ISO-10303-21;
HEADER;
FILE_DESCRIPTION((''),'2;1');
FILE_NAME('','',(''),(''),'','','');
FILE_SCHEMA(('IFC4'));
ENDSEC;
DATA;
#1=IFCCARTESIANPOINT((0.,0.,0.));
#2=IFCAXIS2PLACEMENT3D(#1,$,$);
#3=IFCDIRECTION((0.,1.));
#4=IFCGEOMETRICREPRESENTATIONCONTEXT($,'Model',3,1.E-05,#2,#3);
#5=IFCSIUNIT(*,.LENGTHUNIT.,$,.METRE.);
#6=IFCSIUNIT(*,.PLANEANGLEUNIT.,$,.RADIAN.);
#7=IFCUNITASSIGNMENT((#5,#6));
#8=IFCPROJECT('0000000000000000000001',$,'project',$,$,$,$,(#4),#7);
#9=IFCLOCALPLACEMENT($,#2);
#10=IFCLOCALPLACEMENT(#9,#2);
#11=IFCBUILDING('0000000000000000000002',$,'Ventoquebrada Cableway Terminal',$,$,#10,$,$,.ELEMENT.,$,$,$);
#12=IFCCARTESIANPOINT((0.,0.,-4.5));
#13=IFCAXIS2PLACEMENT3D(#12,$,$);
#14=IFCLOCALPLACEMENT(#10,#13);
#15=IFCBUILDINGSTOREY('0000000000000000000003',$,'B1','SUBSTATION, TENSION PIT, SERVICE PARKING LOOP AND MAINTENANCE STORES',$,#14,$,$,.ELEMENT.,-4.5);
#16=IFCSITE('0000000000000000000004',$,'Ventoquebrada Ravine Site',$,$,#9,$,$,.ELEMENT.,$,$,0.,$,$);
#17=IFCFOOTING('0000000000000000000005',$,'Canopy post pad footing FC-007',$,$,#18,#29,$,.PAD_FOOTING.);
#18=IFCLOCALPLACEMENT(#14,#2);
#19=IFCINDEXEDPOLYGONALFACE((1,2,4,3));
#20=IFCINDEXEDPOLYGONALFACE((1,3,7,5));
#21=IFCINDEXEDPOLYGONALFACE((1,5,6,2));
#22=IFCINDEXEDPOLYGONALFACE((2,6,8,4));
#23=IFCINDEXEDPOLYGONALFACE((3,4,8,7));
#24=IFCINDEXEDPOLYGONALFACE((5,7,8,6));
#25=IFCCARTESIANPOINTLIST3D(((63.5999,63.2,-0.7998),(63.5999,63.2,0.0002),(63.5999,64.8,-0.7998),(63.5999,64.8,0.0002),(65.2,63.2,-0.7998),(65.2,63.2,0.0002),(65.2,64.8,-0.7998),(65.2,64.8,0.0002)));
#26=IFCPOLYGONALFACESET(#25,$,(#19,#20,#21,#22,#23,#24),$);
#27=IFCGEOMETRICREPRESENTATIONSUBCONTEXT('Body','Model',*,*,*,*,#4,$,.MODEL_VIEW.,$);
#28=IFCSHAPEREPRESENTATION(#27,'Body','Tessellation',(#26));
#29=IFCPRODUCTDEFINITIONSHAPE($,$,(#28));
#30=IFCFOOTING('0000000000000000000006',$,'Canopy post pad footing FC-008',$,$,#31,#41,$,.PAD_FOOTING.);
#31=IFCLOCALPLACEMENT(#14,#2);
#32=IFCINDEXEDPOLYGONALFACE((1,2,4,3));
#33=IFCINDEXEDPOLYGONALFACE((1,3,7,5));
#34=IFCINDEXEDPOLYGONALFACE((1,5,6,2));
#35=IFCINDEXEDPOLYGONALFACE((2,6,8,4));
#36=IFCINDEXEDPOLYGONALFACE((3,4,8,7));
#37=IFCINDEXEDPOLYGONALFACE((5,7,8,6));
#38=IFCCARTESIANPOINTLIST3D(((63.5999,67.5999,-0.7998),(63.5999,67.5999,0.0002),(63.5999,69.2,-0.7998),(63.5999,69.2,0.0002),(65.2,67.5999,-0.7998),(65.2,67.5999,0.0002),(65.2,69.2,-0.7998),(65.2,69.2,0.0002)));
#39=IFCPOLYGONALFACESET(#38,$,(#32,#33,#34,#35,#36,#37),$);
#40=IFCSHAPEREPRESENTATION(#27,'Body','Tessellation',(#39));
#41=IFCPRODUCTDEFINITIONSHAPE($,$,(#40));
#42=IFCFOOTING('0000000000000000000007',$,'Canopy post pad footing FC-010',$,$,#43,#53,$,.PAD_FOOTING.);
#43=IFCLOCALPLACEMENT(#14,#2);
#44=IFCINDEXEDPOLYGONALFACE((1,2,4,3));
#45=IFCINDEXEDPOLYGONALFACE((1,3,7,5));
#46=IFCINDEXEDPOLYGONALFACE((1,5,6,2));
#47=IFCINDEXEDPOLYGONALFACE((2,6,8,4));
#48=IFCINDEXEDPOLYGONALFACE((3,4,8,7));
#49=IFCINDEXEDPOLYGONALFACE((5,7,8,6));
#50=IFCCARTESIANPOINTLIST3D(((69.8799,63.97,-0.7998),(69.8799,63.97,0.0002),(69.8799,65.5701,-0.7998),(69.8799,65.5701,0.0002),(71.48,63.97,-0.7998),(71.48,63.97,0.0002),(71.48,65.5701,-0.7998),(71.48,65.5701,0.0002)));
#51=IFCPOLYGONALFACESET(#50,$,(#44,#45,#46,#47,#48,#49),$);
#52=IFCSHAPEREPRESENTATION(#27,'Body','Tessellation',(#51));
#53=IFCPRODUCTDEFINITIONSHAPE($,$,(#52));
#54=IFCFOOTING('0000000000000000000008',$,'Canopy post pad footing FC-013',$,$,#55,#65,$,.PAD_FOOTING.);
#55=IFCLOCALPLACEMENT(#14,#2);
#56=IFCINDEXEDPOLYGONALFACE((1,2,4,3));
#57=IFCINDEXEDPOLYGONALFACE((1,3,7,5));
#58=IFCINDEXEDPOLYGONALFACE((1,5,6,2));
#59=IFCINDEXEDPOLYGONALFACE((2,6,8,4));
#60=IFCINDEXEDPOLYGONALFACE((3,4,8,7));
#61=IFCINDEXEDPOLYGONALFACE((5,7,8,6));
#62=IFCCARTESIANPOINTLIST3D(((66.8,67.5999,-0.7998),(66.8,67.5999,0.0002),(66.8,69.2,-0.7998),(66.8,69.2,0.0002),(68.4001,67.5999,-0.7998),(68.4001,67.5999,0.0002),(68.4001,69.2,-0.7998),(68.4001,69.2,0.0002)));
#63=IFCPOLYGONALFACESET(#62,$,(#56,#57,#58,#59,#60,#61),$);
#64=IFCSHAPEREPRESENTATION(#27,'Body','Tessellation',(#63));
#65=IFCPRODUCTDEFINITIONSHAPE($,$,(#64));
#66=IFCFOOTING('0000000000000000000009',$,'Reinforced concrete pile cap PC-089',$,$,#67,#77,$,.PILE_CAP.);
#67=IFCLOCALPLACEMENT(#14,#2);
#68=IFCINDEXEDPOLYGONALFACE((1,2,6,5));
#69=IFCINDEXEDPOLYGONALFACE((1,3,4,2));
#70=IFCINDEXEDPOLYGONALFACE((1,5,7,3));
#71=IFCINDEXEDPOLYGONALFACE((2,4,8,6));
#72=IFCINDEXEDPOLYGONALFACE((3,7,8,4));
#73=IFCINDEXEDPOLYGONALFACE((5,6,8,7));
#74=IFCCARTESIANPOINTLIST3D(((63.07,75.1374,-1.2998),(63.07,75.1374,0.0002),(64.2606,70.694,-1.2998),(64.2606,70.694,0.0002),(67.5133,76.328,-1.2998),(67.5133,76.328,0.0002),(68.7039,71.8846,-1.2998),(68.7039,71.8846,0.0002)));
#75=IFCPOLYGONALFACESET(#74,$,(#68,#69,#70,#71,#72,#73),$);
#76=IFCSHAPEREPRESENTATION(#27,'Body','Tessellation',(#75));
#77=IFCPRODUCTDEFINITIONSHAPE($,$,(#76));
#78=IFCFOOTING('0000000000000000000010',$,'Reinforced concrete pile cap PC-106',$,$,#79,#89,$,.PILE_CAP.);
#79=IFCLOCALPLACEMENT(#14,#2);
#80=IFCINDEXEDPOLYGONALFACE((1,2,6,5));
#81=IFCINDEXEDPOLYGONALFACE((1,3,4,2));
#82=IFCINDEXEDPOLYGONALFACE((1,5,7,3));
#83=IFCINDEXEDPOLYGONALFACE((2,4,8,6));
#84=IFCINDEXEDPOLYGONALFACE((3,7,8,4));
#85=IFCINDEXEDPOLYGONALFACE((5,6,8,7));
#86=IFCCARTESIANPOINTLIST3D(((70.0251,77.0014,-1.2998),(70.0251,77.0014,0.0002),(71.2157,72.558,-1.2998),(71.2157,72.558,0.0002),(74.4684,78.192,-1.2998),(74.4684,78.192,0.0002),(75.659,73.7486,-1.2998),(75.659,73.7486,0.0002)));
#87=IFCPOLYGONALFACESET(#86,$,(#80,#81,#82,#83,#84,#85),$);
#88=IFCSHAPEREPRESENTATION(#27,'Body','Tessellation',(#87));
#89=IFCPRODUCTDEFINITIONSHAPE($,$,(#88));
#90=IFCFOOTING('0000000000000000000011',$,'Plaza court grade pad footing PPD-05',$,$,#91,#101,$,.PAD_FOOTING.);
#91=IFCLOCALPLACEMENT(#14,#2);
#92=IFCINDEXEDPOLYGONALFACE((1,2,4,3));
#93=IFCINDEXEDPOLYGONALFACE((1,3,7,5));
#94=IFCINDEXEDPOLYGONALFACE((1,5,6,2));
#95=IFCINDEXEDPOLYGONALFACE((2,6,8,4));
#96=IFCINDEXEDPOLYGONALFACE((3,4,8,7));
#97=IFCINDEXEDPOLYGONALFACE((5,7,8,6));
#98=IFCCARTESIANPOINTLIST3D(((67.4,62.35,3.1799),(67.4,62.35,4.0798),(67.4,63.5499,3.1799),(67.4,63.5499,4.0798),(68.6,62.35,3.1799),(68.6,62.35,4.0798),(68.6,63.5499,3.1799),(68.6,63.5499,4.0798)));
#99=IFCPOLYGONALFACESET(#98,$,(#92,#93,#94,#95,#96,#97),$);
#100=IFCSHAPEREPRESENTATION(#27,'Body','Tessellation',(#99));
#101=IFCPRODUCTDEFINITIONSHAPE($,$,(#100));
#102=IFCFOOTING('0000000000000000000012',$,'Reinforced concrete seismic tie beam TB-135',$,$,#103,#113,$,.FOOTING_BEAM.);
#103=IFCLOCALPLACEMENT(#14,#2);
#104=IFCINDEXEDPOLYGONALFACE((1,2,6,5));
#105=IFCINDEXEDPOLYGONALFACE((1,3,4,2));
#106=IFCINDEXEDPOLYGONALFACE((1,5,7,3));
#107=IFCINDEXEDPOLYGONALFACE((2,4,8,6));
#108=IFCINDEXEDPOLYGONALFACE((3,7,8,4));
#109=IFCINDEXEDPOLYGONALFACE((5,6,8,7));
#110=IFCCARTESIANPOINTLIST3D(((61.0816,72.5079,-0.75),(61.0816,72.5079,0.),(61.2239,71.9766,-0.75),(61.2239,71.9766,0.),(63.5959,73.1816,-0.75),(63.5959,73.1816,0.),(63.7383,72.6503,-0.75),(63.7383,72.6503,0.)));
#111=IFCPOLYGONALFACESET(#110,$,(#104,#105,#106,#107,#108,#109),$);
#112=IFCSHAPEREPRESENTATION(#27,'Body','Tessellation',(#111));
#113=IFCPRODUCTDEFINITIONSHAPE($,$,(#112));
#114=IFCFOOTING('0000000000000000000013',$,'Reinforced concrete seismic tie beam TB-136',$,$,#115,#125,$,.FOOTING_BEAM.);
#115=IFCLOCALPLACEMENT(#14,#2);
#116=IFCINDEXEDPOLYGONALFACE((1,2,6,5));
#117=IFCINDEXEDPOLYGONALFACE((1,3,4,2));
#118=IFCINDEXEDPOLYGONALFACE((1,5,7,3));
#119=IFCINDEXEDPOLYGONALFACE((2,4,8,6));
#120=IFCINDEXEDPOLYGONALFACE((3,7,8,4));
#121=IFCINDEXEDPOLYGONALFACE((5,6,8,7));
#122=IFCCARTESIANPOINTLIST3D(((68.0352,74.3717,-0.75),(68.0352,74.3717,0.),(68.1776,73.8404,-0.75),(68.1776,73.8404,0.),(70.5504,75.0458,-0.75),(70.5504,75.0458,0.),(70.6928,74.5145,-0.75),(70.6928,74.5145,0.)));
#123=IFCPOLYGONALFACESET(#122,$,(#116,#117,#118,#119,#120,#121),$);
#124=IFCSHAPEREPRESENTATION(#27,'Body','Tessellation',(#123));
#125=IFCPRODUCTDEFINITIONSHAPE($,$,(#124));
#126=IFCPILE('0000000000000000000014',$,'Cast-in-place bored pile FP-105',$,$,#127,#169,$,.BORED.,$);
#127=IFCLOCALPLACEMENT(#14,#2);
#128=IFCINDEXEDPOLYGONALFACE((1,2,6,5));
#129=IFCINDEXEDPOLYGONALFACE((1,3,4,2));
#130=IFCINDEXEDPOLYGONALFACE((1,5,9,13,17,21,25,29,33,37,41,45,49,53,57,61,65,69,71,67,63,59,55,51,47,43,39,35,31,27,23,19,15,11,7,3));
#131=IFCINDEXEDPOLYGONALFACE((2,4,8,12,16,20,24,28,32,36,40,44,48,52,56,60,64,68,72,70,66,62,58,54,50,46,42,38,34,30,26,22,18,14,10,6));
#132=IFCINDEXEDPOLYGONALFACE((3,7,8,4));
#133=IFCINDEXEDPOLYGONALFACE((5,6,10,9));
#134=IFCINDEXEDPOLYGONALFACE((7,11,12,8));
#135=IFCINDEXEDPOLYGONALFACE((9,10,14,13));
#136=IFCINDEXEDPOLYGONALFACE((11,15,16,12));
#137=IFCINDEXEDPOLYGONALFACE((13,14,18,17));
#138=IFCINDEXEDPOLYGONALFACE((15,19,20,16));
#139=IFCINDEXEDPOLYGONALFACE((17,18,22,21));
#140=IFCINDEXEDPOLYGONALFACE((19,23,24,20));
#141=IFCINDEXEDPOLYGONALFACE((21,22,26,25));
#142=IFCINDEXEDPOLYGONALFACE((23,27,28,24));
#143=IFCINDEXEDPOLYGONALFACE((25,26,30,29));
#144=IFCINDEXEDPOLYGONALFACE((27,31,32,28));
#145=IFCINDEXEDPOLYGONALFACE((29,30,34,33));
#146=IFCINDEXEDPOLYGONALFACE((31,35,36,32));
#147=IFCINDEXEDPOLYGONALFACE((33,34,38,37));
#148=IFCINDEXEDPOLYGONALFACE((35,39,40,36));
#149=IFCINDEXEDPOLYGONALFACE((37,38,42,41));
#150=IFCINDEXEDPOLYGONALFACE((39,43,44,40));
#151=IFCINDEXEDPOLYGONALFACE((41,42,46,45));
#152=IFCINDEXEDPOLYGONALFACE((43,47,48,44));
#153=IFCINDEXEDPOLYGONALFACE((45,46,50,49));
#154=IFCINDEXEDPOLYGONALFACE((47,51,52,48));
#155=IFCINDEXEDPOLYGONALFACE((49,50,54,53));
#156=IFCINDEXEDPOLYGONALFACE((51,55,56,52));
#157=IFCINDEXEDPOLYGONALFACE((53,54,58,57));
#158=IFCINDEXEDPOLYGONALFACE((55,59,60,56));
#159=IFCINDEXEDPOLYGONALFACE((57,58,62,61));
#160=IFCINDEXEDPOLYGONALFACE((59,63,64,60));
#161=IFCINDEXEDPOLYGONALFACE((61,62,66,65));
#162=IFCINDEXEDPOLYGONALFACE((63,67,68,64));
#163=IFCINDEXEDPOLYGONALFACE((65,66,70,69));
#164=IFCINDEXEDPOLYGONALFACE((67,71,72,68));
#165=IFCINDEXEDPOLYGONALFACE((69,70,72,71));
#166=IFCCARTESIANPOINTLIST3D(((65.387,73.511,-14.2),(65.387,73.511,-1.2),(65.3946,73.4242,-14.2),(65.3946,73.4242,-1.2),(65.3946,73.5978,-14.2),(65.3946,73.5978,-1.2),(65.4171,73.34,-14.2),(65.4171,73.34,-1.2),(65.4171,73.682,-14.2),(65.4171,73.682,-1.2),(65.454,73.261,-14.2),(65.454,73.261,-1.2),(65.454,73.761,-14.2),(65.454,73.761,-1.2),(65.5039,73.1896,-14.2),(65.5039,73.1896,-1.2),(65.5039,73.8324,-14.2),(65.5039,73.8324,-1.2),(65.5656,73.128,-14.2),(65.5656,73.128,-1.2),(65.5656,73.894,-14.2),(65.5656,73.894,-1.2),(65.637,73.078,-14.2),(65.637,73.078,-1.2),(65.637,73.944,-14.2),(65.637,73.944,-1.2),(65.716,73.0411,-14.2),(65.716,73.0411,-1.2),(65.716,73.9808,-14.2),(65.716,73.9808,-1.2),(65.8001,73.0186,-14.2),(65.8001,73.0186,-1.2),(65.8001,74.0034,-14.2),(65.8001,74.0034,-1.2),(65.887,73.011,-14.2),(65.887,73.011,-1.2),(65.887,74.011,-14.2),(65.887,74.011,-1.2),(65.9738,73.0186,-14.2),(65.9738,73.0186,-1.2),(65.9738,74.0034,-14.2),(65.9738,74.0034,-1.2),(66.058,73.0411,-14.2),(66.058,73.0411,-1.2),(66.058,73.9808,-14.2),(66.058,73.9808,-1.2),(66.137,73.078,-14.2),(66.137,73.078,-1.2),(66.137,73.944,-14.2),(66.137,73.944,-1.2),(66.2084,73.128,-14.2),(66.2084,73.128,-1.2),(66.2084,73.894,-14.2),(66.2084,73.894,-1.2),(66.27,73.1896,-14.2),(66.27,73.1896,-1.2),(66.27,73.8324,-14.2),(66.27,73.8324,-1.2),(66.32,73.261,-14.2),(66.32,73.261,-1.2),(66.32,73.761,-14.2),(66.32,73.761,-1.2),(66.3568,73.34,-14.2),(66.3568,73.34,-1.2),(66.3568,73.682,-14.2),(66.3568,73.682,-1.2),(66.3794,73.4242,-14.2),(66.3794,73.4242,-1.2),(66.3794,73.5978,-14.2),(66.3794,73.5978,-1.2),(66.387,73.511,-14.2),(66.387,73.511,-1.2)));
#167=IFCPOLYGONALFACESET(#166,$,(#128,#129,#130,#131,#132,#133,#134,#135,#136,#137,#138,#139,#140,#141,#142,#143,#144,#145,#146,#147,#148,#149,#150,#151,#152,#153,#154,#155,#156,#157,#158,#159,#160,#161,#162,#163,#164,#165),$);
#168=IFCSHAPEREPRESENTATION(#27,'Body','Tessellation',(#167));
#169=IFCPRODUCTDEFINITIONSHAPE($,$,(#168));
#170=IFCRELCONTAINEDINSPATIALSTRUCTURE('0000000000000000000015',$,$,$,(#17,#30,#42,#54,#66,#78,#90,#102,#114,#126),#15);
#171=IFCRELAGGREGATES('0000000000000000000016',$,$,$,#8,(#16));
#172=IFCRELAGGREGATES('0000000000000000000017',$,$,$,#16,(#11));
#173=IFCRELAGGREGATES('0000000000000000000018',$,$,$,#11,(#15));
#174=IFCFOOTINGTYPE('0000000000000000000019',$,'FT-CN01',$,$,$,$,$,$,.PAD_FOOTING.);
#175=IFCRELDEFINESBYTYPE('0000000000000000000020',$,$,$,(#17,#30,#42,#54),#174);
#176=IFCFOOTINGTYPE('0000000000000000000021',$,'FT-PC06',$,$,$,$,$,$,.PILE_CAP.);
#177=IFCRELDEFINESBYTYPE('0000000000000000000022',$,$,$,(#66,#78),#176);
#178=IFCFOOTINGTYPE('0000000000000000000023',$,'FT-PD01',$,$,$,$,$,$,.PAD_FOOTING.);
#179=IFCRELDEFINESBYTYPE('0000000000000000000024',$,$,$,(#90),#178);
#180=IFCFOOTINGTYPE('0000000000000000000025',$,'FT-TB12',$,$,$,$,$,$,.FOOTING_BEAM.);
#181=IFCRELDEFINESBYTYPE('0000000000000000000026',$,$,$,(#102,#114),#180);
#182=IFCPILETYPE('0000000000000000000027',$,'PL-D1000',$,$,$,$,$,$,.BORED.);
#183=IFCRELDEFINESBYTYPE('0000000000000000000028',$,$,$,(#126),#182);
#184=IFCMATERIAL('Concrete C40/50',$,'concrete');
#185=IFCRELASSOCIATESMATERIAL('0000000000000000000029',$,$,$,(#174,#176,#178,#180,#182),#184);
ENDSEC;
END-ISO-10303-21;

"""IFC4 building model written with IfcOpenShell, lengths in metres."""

from ifc_helpers import new_model, si_unit, direction, frame, origin, origin_2d, place, context, subcontext, project, spatial, rectangle, circle, extrude, material, material_profile, profile_set, type_object, element, save


model = new_model("IFC4")

# Units and contexts
model_context = context("Model", 3, precision=1e-05, world=origin(), true_north=direction((0.0, 1.0)))
body_context = subcontext(model_context, "Body", "Model", "MODEL_VIEW")
ifc_project = project(units=[si_unit("LENGTHUNIT", "METRE"), si_unit("PLANEANGLEUNIT", "RADIAN")], contexts=[model_context])

# Site, building, storey
site_placement = place(None, origin())
site = spatial("IfcSite", under=ifc_project, at=site_placement, Name="Ventoquebrada Ravine Site", CompositionType="ELEMENT", RefElevation=0.0)
building_placement = place(site_placement, origin())
building = spatial("IfcBuilding", under=site, at=building_placement, Name="Ventoquebrada Cableway Terminal", CompositionType="ELEMENT")
storey_placement = place(building_placement, frame((0.0, 0.0, -4.5)))
storey = spatial("IfcBuildingStorey", under=building, at=storey_placement, Name="B1", Description="SUBSTATION, TENSION PIT, SERVICE PARKING LOOP AND MAINTENANCE STORES", CompositionType="ELEMENT", Elevation=-4.5)

# Footings
ifc_material_1 = material(Name="Concrete C40/50", Category="concrete")
footing_type_1 = type_object("IfcFootingType", Name="FT-CN01", PredefinedType="PAD_FOOTING", material=ifc_material_1)
for number, where, z_axis, x_axis, name in (
    (1, (64.3999, 64.0, -0.7998), (0.0, 0.0, 1.0), (1.0, 0.0, 0.0), "Canopy post pad footing FC-007"),
    (2, (64.3999, 68.3999, -0.7998), (0.0, 0.0, 1.0), (1.0, 0.0, 0.0), "Canopy post pad footing FC-008"),
    (3, (70.6799, 64.77, -0.7998), (0.0, 0.0, 1.0), (1.0, 0.0, 0.0), "Canopy post pad footing FC-010"),
    (4, (67.6001, 68.3999, -0.7998), (0.0, 0.0, 1.0), (1.0, 0.0, 0.0), "Canopy post pad footing FC-013"),
):
    element("IfcFooting", number, at=place(storey_placement, frame(where, z_axis=z_axis, x_axis=x_axis)), inside=storey, type_object=footing_type_1, Name=name, PredefinedType="PAD_FOOTING", context=body_context, shape_type="SweptSolid", body=[
        extrude(rectangle(XDim=1.6001, YDim=1.6001, at=origin_2d()), origin(), (0.0, 0.0, 1.0), 0.8),
    ])
footing_type_2 = type_object("IfcFootingType", Name="FT-PC06", PredefinedType="PILE_CAP", material=ifc_material_1)
for number, where, z_axis, x_axis, name in (
    (5, (65.887, 73.511, -1.2998), (0.0, 0.0, 1.0), (0.965926, 0.258819, 0.0), "Reinforced concrete pile cap PC-089"),
    (6, (72.842, 75.375, -1.2998), (0.0, 0.0, 1.0), (0.965926, 0.258819, 0.0), "Reinforced concrete pile cap PC-106"),
):
    element("IfcFooting", number, at=place(storey_placement, frame(where, z_axis=z_axis, x_axis=x_axis)), inside=storey, type_object=footing_type_2, Name=name, PredefinedType="PILE_CAP", context=body_context, shape_type="SweptSolid", body=[
        extrude(rectangle(XDim=4.6001, YDim=4.6001, at=origin_2d()), origin(), (0.0, 0.0, 1.0), 1.3),
    ])
footing_type_3 = type_object("IfcFootingType", Name="FT-PD01", PredefinedType="PAD_FOOTING", material=ifc_material_1)
footing_1_placement = place(storey_placement, frame((68.0, 62.95, 3.1799), z_axis=(0.0, 0.0, 1.0), x_axis=(1.0, 0.0, 0.0)))
element("IfcFooting", 7, at=footing_1_placement, inside=storey, type_object=footing_type_3, Name="Plaza court grade pad footing PPD-05", PredefinedType="PAD_FOOTING", context=body_context, shape_type="SweptSolid", body=[
    extrude(rectangle(XDim=1.2, YDim=1.2, at=origin_2d()), origin(), (0.0, 0.0, 1.0), 0.8999),
])
footing_type_4 = type_object("IfcFootingType", Name="FT-TB12", PredefinedType="FOOTING_BEAM", material=ifc_material_1)
footing_2_placement = place(storey_placement, frame((62.4099, 72.5791, -0.75), z_axis=(0.0, 0.0, 1.0), x_axis=(0.965935, 0.258785, 0.0)))
element("IfcFooting", 8, at=footing_2_placement, inside=storey, type_object=footing_type_4, Name="Reinforced concrete seismic tie beam TB-135", PredefinedType="FOOTING_BEAM", context=body_context, shape_type="SweptSolid", body=[
    extrude(rectangle(XDim=2.603, YDim=0.55, at=origin_2d()), origin(), (0.0, 0.0, 1.0), 0.75),
])
footing_3_placement = place(storey_placement, frame((69.364, 74.4431, -0.75), z_axis=(0.0, 0.0, 1.0), x_axis=(0.965912, 0.25887, 0.0)))
element("IfcFooting", 9, at=footing_3_placement, inside=storey, type_object=footing_type_4, Name="Reinforced concrete seismic tie beam TB-136", PredefinedType="FOOTING_BEAM", context=body_context, shape_type="SweptSolid", body=[
    extrude(rectangle(XDim=2.604, YDim=0.55, at=origin_2d()), origin(), (0.0, 0.0, 1.0), 0.75),
])

# Pile
ifc_material_profile_1 = material_profile(ifc_material_1, circle(Radius=0.5, at=origin_2d()), Name="PILE-D1000")
ifc_profile_set_1 = profile_set([ifc_material_profile_1], Name="Concrete C40/50")
pile_type = type_object("IfcPileType", Name="PL-D1000", PredefinedType="BORED", material=ifc_profile_set_1)
pile_1_placement = place(storey_placement, frame((65.887, 73.511, -1.2), z_axis=(0.0, 0.0, -1.0), x_axis=(1.0, 0.0, 0.0)))
element("IfcPile", 10, at=pile_1_placement, inside=storey, type_object=pile_type, Name="Cast-in-place bored pile FP-105", PredefinedType="BORED", context=body_context, shape_type="SweptSolid", body=[
    extrude(circle(Radius=0.5, at=origin_2d()), origin(), (0.0, 0.0, 1.0), 13.0),
])

save(model, "model.ifc")
